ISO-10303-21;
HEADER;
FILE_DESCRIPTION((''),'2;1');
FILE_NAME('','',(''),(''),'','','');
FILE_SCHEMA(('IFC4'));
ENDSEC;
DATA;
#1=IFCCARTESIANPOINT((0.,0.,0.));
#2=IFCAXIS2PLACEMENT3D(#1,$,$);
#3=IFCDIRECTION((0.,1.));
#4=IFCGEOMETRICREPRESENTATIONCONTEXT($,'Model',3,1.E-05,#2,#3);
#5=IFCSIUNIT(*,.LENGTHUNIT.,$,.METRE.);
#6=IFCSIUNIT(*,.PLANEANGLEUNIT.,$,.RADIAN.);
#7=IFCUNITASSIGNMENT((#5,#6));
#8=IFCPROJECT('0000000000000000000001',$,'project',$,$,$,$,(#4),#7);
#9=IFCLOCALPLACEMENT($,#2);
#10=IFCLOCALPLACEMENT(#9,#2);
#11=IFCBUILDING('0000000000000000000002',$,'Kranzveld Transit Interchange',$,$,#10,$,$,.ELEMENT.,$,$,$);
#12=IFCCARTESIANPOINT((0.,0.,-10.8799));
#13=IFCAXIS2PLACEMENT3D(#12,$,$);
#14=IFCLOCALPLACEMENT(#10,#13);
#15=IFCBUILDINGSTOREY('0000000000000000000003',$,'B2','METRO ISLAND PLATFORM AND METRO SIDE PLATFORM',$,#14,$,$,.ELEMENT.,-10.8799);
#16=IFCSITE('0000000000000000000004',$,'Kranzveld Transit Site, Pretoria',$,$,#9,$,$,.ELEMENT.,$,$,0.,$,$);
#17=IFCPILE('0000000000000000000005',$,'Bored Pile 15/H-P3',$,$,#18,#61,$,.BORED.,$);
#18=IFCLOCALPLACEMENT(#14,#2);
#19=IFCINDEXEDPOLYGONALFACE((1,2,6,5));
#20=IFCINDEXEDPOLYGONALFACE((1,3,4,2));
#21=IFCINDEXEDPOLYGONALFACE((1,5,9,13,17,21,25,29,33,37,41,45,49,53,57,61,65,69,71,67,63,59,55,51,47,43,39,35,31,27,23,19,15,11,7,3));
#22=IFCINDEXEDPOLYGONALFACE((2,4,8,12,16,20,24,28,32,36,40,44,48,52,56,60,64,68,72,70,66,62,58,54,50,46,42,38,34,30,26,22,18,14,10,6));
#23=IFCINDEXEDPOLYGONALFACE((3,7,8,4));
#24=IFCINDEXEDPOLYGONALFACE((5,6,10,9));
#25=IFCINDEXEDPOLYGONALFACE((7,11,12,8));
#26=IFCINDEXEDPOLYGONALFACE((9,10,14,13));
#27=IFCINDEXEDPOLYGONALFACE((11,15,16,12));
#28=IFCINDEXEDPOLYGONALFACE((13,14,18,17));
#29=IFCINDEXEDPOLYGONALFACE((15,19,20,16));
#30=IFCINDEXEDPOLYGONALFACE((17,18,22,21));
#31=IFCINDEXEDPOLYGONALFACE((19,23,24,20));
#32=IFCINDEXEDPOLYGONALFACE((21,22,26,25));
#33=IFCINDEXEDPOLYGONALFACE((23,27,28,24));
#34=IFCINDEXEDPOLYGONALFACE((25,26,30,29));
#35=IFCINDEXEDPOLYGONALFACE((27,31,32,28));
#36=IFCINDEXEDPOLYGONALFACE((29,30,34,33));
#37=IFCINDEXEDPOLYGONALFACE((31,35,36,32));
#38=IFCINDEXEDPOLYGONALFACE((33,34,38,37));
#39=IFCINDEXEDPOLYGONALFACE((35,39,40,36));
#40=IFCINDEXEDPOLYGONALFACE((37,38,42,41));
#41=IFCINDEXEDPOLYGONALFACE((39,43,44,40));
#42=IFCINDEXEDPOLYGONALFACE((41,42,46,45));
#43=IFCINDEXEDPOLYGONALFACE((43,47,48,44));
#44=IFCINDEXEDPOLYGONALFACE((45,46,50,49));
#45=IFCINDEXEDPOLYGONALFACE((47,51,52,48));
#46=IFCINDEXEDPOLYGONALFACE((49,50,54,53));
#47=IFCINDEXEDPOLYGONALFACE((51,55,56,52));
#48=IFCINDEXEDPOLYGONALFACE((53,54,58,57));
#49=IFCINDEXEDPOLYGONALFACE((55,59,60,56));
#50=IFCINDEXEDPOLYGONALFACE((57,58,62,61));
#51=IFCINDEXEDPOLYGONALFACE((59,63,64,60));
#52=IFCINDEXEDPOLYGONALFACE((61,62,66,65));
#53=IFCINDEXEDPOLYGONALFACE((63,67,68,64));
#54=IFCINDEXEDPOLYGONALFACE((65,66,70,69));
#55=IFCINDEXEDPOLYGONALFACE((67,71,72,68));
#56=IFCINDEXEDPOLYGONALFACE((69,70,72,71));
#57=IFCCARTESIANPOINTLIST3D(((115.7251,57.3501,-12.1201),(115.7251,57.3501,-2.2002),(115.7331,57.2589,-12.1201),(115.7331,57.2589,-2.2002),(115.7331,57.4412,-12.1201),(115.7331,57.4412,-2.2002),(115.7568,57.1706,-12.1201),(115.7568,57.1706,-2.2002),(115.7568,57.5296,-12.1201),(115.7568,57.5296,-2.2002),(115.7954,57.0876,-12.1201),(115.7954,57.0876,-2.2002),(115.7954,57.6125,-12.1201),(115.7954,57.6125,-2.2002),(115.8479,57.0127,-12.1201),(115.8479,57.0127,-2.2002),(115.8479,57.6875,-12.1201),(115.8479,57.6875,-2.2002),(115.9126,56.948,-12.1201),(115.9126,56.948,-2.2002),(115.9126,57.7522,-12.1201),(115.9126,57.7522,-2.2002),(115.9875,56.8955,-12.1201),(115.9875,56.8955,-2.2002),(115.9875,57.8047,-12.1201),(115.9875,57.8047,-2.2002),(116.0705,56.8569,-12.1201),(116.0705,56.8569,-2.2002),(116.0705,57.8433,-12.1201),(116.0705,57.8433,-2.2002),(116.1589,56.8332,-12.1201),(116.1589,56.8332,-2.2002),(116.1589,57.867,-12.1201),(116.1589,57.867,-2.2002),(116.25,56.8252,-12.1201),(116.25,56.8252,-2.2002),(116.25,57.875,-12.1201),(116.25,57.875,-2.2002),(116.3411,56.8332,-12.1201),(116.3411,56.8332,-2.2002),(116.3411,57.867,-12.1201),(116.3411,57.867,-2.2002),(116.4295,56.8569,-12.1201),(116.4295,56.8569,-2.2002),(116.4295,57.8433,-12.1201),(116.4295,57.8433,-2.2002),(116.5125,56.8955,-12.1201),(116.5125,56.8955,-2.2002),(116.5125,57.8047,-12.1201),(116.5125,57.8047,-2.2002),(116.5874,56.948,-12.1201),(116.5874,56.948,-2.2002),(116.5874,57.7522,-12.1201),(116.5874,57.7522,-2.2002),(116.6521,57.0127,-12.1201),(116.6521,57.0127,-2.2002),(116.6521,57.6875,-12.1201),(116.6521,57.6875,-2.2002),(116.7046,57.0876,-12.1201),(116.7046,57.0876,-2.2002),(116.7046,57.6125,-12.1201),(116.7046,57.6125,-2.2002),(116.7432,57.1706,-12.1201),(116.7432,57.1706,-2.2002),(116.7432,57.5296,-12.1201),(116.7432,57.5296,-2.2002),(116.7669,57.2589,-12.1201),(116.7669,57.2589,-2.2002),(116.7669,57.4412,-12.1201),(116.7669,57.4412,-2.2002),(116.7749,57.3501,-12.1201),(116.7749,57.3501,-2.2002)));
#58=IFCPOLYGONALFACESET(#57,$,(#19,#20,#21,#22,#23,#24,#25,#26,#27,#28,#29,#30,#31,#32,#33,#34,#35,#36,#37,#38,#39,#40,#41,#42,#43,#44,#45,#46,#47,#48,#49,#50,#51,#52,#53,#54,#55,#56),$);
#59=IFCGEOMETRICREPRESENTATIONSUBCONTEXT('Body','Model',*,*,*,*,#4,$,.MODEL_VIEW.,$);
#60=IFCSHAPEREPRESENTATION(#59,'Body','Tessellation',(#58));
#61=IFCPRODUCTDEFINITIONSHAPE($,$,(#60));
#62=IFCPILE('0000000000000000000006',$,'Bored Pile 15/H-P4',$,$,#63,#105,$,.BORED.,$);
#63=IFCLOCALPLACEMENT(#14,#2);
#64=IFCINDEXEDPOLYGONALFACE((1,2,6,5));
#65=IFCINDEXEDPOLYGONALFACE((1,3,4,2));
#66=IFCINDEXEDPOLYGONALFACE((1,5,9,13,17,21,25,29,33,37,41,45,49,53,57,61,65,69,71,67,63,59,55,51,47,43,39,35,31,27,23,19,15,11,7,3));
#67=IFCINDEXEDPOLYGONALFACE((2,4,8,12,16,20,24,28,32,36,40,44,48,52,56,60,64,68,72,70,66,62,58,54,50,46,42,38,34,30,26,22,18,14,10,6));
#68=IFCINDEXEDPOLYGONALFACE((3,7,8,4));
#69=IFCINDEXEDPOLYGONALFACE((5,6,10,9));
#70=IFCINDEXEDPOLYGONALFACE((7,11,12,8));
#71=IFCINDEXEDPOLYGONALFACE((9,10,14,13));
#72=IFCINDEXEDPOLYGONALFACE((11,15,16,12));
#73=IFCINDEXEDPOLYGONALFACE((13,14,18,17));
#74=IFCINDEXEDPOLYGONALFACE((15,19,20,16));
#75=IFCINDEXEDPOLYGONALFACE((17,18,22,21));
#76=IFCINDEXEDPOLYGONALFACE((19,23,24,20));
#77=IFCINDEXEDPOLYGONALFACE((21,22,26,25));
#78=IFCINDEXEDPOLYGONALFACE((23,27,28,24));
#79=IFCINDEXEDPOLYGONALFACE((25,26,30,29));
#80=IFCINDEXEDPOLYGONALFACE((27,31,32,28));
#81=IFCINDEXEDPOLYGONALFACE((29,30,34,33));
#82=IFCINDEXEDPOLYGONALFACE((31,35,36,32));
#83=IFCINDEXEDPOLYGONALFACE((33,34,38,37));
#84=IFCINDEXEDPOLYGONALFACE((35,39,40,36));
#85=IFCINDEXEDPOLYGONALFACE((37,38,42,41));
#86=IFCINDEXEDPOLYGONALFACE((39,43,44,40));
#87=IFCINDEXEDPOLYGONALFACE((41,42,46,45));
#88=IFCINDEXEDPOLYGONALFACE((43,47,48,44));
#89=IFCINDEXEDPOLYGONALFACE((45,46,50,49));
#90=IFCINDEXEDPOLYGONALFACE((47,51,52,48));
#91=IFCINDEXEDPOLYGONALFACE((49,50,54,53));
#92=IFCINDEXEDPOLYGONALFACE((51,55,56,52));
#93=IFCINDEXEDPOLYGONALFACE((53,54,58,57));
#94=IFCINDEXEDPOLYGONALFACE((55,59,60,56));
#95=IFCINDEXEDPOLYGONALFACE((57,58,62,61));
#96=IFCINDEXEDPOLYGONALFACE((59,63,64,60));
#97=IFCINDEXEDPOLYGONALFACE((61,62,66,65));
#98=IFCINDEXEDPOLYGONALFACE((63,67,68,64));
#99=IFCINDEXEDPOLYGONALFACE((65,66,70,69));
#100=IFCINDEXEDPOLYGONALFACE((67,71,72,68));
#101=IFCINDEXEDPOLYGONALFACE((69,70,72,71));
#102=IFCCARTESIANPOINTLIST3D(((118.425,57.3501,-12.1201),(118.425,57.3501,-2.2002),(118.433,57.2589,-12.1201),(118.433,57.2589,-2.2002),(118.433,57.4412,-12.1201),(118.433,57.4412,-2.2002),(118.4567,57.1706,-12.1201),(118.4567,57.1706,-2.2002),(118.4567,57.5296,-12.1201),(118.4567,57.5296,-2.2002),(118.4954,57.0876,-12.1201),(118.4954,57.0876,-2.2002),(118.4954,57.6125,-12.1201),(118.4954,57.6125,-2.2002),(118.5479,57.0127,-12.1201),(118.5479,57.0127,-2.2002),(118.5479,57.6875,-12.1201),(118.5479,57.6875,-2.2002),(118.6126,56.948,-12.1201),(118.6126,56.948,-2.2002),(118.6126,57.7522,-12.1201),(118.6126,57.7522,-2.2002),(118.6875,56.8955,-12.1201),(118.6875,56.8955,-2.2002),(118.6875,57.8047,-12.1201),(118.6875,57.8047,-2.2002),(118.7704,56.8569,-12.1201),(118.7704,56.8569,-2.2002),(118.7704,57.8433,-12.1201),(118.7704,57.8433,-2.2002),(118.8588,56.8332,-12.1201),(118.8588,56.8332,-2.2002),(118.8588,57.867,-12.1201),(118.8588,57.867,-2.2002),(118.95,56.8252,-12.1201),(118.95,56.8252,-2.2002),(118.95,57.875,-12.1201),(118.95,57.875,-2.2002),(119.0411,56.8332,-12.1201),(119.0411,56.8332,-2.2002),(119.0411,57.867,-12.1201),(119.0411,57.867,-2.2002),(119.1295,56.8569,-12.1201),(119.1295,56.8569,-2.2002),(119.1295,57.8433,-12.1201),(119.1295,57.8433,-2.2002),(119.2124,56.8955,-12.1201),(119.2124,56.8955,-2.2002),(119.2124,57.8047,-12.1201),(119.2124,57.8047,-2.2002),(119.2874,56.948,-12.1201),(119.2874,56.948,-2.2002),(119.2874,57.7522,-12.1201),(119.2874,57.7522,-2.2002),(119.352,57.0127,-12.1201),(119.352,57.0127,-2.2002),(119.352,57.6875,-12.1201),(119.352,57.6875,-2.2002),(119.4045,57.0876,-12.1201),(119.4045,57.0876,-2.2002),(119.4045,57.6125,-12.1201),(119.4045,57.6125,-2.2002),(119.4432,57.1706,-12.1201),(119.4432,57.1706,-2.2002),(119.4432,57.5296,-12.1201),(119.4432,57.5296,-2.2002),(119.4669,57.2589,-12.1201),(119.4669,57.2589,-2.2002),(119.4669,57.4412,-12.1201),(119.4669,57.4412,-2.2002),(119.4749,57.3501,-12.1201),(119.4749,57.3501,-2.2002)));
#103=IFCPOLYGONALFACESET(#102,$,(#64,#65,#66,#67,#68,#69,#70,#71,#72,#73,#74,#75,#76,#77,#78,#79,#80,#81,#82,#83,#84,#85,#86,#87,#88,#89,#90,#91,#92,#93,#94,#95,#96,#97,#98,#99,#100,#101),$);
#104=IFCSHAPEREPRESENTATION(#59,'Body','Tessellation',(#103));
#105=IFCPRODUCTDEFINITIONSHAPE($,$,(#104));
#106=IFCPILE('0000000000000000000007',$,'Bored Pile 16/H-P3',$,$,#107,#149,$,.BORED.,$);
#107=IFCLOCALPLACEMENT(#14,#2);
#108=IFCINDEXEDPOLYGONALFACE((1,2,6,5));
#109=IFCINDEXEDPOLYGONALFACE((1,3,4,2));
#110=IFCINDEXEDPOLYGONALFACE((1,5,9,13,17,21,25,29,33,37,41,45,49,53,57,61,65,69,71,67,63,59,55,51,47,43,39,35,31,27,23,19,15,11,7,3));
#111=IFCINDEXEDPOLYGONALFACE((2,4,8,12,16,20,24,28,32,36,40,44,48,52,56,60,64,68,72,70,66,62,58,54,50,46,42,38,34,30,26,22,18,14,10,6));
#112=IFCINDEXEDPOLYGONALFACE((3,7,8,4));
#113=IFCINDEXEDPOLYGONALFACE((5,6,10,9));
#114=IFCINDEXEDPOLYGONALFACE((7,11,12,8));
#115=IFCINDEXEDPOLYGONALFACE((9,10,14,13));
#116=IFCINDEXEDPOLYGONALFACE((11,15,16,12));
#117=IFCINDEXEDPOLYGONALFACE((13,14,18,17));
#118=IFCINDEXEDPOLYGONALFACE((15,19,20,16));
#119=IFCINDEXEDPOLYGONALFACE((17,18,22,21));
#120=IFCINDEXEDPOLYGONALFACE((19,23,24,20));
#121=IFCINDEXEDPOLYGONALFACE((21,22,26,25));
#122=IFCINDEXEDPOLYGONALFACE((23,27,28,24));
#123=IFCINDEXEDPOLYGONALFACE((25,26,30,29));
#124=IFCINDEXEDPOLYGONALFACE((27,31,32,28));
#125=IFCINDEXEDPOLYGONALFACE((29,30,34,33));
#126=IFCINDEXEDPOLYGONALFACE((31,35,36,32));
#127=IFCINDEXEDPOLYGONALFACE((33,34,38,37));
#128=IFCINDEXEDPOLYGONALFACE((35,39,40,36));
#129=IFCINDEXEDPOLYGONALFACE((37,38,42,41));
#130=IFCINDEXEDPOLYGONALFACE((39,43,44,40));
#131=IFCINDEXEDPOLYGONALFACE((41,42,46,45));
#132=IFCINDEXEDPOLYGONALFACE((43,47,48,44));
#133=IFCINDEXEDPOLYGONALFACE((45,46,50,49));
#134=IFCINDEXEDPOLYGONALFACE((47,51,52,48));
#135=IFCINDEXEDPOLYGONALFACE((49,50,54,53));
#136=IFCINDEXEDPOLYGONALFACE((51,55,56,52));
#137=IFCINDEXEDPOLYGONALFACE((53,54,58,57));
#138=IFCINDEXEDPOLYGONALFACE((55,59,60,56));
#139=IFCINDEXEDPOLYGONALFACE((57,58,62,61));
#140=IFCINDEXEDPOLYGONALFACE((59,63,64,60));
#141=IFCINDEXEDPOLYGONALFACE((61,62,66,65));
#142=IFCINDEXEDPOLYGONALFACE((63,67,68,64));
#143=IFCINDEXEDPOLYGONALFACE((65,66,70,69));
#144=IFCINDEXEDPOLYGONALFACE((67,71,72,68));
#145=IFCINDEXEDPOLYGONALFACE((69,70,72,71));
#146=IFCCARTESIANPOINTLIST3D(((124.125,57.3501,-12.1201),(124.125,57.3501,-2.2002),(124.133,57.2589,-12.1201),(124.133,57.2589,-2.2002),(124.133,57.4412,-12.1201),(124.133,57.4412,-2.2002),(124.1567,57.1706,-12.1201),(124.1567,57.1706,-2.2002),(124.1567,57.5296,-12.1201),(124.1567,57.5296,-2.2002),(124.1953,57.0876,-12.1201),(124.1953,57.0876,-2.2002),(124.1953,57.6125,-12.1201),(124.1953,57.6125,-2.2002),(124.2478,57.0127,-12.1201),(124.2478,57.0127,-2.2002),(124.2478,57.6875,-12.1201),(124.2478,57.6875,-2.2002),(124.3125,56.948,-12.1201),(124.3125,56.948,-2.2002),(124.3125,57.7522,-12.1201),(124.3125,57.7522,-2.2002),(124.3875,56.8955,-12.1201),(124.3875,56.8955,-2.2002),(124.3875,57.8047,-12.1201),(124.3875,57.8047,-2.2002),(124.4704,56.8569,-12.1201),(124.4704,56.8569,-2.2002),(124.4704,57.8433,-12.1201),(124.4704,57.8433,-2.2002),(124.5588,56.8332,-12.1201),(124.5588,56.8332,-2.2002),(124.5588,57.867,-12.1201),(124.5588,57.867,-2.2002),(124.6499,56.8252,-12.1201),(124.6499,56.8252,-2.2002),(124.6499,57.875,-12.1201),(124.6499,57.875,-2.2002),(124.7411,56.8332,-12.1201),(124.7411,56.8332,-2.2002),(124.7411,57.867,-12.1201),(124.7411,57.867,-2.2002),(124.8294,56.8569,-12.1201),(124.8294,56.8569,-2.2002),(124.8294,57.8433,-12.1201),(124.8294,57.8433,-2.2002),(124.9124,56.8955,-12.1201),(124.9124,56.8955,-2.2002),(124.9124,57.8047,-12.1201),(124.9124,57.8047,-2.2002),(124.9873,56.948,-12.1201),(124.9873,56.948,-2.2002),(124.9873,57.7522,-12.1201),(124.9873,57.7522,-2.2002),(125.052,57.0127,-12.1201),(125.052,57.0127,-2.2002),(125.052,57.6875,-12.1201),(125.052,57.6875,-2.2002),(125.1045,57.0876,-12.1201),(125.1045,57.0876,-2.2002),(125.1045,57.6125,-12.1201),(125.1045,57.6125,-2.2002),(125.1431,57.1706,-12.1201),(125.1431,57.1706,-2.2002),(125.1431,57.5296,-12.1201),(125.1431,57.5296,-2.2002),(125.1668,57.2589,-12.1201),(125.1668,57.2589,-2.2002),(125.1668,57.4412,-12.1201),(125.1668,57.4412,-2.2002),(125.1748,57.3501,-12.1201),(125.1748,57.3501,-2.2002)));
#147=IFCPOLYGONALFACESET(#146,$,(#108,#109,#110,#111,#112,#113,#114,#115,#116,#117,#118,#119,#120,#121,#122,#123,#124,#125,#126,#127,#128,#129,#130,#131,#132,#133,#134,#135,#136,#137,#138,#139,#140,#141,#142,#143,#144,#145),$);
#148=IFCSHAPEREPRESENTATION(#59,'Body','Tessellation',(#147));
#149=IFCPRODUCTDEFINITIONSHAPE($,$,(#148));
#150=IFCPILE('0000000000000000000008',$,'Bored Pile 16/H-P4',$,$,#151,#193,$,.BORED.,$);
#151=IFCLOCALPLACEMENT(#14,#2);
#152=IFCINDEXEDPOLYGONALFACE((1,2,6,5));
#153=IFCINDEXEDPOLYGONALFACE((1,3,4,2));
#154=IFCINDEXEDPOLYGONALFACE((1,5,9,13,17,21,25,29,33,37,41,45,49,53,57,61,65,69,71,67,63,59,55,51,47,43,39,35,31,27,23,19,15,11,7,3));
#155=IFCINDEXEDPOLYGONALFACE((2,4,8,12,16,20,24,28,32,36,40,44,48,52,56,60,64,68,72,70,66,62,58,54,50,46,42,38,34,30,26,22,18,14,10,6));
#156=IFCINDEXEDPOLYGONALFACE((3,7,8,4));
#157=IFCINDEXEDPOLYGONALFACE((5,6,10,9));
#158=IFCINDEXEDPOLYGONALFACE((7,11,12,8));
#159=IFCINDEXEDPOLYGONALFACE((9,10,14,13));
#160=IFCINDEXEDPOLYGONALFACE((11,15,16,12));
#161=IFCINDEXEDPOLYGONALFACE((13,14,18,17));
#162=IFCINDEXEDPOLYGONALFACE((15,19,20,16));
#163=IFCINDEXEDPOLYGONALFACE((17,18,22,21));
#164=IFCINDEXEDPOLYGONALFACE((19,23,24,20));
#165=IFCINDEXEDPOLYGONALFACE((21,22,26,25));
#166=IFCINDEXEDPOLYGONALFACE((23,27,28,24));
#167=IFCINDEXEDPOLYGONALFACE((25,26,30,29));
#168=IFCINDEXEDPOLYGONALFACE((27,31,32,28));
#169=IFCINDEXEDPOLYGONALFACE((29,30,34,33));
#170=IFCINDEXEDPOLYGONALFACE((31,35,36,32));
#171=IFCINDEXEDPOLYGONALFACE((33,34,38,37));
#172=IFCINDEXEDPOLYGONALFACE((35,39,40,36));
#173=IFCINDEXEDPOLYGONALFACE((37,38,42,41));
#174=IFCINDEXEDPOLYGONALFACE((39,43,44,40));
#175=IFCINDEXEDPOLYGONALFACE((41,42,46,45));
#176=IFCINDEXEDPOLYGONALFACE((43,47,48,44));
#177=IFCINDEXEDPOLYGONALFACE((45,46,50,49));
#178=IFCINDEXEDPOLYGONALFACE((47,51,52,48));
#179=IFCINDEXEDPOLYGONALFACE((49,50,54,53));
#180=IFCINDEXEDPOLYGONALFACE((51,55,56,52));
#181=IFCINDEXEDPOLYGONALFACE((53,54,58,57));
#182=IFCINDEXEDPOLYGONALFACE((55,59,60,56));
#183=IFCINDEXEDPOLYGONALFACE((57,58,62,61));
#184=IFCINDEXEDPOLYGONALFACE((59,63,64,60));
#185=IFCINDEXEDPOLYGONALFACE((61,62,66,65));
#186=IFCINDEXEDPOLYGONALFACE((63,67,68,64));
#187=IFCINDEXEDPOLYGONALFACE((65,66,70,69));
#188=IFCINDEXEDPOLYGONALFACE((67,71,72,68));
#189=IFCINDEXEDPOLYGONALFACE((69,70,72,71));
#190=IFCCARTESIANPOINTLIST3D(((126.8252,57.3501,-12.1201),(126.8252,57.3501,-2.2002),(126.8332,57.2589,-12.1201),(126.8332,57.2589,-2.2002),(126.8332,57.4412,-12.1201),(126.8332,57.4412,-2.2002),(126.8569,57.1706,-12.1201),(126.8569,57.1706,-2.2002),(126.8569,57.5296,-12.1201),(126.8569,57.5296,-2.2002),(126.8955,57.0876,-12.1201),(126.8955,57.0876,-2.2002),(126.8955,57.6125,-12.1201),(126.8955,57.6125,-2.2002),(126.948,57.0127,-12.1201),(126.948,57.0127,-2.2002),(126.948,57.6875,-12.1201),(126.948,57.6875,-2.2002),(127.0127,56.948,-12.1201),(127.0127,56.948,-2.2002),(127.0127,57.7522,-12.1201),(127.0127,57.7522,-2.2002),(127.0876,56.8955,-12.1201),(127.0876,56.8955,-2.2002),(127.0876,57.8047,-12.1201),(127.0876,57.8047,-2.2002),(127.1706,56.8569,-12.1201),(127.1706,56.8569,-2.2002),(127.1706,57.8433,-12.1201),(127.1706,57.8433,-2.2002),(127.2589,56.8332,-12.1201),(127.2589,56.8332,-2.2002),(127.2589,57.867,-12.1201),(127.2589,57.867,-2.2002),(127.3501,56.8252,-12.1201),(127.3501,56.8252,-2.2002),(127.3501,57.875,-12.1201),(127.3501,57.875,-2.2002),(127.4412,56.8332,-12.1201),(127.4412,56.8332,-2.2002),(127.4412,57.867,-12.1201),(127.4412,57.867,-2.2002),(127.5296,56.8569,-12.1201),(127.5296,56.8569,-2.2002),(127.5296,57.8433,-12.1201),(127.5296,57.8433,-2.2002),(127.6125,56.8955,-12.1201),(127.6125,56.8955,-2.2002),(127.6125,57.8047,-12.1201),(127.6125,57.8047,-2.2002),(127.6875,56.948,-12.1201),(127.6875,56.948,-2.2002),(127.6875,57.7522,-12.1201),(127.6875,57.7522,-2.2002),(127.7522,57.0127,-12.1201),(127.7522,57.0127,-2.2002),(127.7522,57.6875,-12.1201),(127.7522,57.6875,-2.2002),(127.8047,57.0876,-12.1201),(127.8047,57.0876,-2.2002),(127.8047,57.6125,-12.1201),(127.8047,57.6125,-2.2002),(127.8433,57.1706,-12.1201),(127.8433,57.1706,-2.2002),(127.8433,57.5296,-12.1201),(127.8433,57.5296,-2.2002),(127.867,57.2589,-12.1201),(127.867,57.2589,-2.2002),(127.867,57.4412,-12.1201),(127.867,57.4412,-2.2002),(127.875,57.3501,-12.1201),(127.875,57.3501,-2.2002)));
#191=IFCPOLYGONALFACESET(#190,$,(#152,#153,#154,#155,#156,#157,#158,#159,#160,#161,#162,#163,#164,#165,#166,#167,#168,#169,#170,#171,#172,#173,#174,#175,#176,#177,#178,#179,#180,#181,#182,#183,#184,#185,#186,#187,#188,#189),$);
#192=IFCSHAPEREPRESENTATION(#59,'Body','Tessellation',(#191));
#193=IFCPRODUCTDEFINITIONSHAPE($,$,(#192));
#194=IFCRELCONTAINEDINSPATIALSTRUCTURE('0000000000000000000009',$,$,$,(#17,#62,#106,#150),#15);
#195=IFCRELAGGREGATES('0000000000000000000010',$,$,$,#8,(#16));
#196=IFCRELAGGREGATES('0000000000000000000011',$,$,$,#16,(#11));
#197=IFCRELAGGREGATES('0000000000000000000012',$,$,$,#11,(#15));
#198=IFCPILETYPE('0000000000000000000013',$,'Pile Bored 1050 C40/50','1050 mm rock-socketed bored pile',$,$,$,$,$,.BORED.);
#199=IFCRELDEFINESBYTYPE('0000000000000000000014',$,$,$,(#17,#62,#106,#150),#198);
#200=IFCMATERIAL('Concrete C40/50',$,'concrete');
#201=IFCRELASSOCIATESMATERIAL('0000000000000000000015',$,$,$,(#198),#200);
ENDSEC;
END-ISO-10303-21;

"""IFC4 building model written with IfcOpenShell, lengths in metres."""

from ifc_helpers import new_model, si_unit, direction, frame, origin, origin_2d, place, context, subcontext, project, spatial, circle, extrude, material, material_profile, profile_set, type_object, element, save


model = new_model("IFC4")

# Units and contexts
model_context = context("Model", 3, precision=1e-05, world=origin(), true_north=direction((0.0, 1.0)))
body_context = subcontext(model_context, "Body", "Model", "MODEL_VIEW")
ifc_project = project(units=[si_unit("LENGTHUNIT", "METRE"), si_unit("PLANEANGLEUNIT", "RADIAN")], contexts=[model_context])

# Site, building, storey
site_placement = place(None, origin())
site = spatial("IfcSite", under=ifc_project, at=site_placement, Name="Kranzveld Transit Site, Pretoria", CompositionType="ELEMENT", RefElevation=0.0)
building_placement = place(site_placement, origin())
building = spatial("IfcBuilding", under=site, at=building_placement, Name="Kranzveld Transit Interchange", CompositionType="ELEMENT")
storey_placement = place(building_placement, frame((0.0, 0.0, -10.8799)))
storey = spatial("IfcBuildingStorey", under=building, at=storey_placement, Name="B2", Description="METRO ISLAND PLATFORM AND METRO SIDE PLATFORM", CompositionType="ELEMENT", Elevation=-10.8799)

# Piles
ifc_material_1 = material(Name="Concrete C40/50", Category="concrete")
ifc_material_profile_1 = material_profile(ifc_material_1, circle(Radius=0.5249, at=origin_2d()), Name="BORED PILE 1050")
ifc_profile_set_1 = profile_set([ifc_material_profile_1], Name="Concrete C40/50")
pile_type_1 = type_object("IfcPileType", Name="Pile Bored 1050 C40/50", Description="1050 mm rock-socketed bored pile", PredefinedType="BORED", material=ifc_profile_set_1)
for number, where, z_axis, x_axis, name in (
    (1, (116.25, 57.3501, -2.2002), (0.0, 0.0, -1.0), (1.0, 0.0, 0.0), "Bored Pile 15/H-P3"),
    (2, (118.95, 57.3501, -2.2002), (0.0, 0.0, -1.0), (1.0, 0.0, 0.0), "Bored Pile 15/H-P4"),
    (3, (124.6499, 57.3501, -2.2002), (0.0, 0.0, -1.0), (1.0, 0.0, 0.0), "Bored Pile 16/H-P3"),
    (4, (127.3501, 57.3501, -2.2002), (0.0, 0.0, -1.0), (1.0, 0.0, 0.0), "Bored Pile 16/H-P4"),
):
    element("IfcPile", number, at=place(storey_placement, frame(where, z_axis=z_axis, x_axis=x_axis)), inside=storey, type_object=pile_type_1, Name=name, PredefinedType="BORED", context=body_context, shape_type="SweptSolid", body=[
        extrude(circle(Radius=0.5249, at=origin_2d()), origin(), (0.0, 0.0, 1.0), 9.9199),
    ])

save(model, "model.ifc")
